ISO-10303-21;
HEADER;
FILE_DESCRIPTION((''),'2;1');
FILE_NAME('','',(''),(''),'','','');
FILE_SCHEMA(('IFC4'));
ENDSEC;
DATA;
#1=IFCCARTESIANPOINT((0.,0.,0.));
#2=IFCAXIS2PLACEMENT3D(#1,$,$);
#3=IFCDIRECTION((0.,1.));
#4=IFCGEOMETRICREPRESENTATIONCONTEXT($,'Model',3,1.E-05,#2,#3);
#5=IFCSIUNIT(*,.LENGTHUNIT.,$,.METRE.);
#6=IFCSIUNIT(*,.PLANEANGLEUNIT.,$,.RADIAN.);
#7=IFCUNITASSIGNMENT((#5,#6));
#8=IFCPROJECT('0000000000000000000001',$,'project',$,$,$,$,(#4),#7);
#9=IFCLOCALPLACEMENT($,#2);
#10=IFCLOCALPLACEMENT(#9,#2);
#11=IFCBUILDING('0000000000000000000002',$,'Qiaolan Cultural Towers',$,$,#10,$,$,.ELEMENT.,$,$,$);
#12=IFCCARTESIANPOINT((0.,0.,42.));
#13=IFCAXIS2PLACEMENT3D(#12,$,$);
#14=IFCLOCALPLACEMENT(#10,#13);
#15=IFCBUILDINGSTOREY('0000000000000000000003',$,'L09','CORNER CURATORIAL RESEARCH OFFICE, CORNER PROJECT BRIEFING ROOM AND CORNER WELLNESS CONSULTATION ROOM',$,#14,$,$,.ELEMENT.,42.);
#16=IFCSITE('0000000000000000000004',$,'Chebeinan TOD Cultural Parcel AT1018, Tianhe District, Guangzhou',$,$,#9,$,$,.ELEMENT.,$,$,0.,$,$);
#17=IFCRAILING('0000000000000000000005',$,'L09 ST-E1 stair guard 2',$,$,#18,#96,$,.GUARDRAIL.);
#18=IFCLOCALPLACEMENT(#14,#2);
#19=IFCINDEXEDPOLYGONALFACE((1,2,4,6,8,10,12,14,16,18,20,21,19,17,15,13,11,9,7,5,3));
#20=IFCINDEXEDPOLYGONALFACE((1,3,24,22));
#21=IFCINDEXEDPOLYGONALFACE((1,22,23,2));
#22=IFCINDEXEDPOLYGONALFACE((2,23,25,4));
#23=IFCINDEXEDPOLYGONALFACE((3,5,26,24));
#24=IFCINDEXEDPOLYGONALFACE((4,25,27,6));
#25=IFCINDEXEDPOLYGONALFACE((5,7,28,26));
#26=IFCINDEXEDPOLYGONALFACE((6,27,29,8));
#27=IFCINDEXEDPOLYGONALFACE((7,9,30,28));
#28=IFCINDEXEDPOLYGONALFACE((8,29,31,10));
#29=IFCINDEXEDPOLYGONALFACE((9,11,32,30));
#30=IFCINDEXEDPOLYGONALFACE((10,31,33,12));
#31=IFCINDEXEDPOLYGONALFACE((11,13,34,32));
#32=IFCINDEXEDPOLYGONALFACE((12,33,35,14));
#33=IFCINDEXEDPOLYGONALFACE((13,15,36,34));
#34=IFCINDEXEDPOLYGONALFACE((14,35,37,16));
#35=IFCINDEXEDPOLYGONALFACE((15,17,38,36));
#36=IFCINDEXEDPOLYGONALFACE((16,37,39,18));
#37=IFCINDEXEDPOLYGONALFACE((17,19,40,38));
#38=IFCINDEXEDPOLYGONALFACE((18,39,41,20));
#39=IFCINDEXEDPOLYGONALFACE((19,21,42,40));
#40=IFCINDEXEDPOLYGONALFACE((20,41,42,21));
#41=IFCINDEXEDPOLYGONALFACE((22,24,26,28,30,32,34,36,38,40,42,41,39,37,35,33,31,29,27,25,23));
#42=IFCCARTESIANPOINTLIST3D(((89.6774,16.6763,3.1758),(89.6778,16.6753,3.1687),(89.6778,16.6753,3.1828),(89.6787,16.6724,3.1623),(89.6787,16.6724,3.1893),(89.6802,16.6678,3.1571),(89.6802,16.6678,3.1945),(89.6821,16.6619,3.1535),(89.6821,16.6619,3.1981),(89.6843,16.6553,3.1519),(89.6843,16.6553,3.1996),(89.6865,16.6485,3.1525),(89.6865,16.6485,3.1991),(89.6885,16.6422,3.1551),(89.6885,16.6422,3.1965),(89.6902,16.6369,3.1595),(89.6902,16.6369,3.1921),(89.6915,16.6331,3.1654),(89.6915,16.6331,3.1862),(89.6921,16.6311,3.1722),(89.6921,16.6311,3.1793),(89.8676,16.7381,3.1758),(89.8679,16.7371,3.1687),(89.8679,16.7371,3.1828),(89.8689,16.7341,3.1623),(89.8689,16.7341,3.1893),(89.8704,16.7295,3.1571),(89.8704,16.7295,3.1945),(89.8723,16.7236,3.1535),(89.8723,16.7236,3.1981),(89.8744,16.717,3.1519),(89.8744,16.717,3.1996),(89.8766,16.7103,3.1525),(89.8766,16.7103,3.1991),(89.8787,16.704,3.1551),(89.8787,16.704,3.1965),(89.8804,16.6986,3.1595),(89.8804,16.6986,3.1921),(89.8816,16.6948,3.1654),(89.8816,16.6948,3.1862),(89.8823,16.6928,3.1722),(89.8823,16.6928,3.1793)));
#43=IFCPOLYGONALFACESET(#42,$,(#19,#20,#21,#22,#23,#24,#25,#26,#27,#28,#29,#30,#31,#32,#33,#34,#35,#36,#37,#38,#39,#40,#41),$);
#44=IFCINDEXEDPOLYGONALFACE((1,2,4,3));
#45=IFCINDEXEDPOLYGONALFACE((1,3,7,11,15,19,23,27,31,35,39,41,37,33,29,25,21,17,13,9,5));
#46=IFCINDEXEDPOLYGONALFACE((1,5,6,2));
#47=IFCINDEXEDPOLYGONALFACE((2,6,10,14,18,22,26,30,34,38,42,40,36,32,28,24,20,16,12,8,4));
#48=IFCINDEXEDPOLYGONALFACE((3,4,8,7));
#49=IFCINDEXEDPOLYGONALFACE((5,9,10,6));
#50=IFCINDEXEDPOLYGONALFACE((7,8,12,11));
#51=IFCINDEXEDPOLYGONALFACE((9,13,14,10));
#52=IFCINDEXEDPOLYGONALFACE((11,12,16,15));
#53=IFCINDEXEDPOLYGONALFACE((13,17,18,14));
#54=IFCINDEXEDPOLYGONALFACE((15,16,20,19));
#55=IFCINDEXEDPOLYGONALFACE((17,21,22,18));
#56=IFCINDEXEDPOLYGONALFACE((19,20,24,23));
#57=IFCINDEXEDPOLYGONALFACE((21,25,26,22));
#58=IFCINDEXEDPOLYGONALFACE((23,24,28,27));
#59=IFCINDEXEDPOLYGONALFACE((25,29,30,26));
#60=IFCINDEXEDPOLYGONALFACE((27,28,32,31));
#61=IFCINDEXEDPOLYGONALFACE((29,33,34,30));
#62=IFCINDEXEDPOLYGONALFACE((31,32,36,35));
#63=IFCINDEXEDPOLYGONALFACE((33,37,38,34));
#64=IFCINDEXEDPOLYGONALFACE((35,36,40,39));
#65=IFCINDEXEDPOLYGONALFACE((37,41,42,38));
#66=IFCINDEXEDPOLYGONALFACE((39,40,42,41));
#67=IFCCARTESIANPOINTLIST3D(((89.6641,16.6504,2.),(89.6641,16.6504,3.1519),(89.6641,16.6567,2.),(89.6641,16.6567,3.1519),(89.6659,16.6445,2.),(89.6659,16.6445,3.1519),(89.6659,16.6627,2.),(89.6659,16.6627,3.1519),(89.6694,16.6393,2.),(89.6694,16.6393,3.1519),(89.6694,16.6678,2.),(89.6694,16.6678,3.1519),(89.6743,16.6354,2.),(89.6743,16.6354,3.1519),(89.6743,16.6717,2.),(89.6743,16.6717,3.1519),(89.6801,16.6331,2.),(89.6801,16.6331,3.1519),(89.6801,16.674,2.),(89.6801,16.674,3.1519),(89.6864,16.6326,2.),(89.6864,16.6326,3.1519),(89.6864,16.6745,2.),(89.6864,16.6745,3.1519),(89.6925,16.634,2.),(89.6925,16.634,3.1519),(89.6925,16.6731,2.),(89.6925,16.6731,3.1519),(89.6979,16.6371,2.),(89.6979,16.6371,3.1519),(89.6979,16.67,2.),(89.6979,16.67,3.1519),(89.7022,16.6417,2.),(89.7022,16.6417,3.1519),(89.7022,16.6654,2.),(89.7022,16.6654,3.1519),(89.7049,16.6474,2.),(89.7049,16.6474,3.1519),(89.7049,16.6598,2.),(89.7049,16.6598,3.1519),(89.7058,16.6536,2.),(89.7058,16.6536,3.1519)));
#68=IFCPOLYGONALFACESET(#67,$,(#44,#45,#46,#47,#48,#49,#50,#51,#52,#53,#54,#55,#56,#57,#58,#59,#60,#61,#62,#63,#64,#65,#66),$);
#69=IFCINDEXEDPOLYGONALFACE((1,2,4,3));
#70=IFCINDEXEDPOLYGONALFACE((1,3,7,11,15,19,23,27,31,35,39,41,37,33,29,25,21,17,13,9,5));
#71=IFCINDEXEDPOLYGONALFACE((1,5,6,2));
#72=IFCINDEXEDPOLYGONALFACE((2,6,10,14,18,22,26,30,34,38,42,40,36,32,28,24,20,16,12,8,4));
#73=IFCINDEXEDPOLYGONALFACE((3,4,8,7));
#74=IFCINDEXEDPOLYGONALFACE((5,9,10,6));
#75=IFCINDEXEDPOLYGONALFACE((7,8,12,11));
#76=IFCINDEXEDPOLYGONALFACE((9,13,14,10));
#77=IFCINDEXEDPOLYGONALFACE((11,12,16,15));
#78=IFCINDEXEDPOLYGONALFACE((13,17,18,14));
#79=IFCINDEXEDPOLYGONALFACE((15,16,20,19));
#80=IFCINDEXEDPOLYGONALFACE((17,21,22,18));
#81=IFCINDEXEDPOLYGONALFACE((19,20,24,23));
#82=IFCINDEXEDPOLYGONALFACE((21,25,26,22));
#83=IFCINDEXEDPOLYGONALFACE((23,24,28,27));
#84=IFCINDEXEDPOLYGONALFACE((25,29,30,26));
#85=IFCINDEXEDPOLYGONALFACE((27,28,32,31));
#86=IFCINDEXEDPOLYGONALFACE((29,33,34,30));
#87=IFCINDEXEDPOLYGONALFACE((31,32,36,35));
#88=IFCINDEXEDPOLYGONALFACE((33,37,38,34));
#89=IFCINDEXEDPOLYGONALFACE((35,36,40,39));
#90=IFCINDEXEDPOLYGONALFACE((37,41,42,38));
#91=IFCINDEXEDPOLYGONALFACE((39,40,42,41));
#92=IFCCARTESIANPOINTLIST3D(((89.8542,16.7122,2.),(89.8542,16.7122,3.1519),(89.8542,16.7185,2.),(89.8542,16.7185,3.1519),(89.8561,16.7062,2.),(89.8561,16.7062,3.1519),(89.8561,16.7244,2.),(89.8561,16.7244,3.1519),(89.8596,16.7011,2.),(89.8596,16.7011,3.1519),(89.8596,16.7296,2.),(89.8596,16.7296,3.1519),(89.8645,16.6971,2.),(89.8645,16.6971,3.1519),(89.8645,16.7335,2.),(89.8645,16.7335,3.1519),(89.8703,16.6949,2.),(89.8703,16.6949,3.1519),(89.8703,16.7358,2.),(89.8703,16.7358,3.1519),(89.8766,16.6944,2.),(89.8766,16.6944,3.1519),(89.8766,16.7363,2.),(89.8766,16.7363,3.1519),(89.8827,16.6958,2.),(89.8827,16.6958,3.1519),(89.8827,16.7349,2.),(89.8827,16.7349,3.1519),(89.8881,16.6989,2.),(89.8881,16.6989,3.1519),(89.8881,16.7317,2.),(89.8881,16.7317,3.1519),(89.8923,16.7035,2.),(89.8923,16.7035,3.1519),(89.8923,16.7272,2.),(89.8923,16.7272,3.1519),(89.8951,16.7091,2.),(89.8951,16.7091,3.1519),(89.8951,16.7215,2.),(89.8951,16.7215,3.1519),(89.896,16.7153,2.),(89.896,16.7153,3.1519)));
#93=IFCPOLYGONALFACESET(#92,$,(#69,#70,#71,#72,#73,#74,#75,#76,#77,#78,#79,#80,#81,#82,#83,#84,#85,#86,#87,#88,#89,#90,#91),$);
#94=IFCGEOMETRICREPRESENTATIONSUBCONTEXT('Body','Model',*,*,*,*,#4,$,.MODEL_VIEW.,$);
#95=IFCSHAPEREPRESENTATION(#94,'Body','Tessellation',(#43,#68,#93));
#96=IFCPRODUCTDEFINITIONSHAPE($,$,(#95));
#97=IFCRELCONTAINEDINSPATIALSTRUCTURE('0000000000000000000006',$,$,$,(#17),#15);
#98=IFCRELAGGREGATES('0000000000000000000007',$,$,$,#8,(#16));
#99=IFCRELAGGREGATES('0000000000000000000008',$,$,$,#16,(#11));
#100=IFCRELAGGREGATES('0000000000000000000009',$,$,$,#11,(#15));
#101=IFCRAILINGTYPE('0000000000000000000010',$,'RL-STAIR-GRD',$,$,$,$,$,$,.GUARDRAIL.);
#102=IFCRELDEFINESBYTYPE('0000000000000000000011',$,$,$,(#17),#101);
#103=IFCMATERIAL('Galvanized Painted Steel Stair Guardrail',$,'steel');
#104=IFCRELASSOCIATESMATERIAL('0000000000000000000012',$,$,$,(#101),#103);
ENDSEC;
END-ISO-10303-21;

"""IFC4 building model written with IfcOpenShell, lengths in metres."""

from ifc_helpers import new_model, si_unit, direction, frame, origin, origin_2d, place, context, subcontext, project, spatial, circle, extrude, material, type_object, element, save


model = new_model("IFC4")

# Units and contexts
model_context = context("Model", 3, precision=1e-05, world=origin(), true_north=direction((0.0, 1.0)))
body_context = subcontext(model_context, "Body", "Model", "MODEL_VIEW")
ifc_project = project(units=[si_unit("LENGTHUNIT", "METRE"), si_unit("PLANEANGLEUNIT", "RADIAN")], contexts=[model_context])

# Site, building, storey
site_placement = place(None, origin())
site = spatial("IfcSite", under=ifc_project, at=site_placement, Name="Chebeinan TOD Cultural Parcel AT1018, Tianhe District, Guangzhou", CompositionType="ELEMENT", RefElevation=0.0)
building_placement = place(site_placement, origin())
building = spatial("IfcBuilding", under=site, at=building_placement, Name="Qiaolan Cultural Towers", CompositionType="ELEMENT")
storey_placement = place(building_placement, frame((0.0, 0.0, 42.0)))
storey = spatial("IfcBuildingStorey", under=building, at=storey_placement, Name="L09", Description="CORNER CURATORIAL RESEARCH OFFICE, CORNER PROJECT BRIEFING ROOM AND CORNER WELLNESS CONSULTATION ROOM", CompositionType="ELEMENT", Elevation=42.0)

# Railing
ifc_material_1 = material(Name="Galvanized Painted Steel Stair Guardrail", Category="steel")
railing_type_1 = type_object("IfcRailingType", Name="RL-STAIR-GRD", PredefinedType="GUARDRAIL", material=ifc_material_1)
railing_1_placement = place(storey_placement, frame((89.6848, 16.6536, 2.0)))
element("IfcRailing", 1, at=railing_1_placement, inside=storey, type_object=railing_type_1, Name="L09 ST-E1 stair guard 2", PredefinedType="GUARDRAIL", context=body_context, shape_type="SweptSolid", body=[
    extrude(circle(Radius=0.0239, at=origin_2d()), frame((0.0, 0.0, 1.1758), z_axis=(0.951097, 0.308893, 0.0), x_axis=(-0.308893, 0.951097, 0.0)), (0.0, 0.0, 1.0), 0.2),
    extrude(circle(Radius=0.021, at=origin_2d()), origin(), (0.0, 0.0, 1.0), 1.1519),
    extrude(circle(Radius=0.021, at=origin_2d()), frame((0.1902, 0.0618, 0.0)), (0.0, 0.0, 1.0), 1.1519),
])

save(model, "model.ifc")
